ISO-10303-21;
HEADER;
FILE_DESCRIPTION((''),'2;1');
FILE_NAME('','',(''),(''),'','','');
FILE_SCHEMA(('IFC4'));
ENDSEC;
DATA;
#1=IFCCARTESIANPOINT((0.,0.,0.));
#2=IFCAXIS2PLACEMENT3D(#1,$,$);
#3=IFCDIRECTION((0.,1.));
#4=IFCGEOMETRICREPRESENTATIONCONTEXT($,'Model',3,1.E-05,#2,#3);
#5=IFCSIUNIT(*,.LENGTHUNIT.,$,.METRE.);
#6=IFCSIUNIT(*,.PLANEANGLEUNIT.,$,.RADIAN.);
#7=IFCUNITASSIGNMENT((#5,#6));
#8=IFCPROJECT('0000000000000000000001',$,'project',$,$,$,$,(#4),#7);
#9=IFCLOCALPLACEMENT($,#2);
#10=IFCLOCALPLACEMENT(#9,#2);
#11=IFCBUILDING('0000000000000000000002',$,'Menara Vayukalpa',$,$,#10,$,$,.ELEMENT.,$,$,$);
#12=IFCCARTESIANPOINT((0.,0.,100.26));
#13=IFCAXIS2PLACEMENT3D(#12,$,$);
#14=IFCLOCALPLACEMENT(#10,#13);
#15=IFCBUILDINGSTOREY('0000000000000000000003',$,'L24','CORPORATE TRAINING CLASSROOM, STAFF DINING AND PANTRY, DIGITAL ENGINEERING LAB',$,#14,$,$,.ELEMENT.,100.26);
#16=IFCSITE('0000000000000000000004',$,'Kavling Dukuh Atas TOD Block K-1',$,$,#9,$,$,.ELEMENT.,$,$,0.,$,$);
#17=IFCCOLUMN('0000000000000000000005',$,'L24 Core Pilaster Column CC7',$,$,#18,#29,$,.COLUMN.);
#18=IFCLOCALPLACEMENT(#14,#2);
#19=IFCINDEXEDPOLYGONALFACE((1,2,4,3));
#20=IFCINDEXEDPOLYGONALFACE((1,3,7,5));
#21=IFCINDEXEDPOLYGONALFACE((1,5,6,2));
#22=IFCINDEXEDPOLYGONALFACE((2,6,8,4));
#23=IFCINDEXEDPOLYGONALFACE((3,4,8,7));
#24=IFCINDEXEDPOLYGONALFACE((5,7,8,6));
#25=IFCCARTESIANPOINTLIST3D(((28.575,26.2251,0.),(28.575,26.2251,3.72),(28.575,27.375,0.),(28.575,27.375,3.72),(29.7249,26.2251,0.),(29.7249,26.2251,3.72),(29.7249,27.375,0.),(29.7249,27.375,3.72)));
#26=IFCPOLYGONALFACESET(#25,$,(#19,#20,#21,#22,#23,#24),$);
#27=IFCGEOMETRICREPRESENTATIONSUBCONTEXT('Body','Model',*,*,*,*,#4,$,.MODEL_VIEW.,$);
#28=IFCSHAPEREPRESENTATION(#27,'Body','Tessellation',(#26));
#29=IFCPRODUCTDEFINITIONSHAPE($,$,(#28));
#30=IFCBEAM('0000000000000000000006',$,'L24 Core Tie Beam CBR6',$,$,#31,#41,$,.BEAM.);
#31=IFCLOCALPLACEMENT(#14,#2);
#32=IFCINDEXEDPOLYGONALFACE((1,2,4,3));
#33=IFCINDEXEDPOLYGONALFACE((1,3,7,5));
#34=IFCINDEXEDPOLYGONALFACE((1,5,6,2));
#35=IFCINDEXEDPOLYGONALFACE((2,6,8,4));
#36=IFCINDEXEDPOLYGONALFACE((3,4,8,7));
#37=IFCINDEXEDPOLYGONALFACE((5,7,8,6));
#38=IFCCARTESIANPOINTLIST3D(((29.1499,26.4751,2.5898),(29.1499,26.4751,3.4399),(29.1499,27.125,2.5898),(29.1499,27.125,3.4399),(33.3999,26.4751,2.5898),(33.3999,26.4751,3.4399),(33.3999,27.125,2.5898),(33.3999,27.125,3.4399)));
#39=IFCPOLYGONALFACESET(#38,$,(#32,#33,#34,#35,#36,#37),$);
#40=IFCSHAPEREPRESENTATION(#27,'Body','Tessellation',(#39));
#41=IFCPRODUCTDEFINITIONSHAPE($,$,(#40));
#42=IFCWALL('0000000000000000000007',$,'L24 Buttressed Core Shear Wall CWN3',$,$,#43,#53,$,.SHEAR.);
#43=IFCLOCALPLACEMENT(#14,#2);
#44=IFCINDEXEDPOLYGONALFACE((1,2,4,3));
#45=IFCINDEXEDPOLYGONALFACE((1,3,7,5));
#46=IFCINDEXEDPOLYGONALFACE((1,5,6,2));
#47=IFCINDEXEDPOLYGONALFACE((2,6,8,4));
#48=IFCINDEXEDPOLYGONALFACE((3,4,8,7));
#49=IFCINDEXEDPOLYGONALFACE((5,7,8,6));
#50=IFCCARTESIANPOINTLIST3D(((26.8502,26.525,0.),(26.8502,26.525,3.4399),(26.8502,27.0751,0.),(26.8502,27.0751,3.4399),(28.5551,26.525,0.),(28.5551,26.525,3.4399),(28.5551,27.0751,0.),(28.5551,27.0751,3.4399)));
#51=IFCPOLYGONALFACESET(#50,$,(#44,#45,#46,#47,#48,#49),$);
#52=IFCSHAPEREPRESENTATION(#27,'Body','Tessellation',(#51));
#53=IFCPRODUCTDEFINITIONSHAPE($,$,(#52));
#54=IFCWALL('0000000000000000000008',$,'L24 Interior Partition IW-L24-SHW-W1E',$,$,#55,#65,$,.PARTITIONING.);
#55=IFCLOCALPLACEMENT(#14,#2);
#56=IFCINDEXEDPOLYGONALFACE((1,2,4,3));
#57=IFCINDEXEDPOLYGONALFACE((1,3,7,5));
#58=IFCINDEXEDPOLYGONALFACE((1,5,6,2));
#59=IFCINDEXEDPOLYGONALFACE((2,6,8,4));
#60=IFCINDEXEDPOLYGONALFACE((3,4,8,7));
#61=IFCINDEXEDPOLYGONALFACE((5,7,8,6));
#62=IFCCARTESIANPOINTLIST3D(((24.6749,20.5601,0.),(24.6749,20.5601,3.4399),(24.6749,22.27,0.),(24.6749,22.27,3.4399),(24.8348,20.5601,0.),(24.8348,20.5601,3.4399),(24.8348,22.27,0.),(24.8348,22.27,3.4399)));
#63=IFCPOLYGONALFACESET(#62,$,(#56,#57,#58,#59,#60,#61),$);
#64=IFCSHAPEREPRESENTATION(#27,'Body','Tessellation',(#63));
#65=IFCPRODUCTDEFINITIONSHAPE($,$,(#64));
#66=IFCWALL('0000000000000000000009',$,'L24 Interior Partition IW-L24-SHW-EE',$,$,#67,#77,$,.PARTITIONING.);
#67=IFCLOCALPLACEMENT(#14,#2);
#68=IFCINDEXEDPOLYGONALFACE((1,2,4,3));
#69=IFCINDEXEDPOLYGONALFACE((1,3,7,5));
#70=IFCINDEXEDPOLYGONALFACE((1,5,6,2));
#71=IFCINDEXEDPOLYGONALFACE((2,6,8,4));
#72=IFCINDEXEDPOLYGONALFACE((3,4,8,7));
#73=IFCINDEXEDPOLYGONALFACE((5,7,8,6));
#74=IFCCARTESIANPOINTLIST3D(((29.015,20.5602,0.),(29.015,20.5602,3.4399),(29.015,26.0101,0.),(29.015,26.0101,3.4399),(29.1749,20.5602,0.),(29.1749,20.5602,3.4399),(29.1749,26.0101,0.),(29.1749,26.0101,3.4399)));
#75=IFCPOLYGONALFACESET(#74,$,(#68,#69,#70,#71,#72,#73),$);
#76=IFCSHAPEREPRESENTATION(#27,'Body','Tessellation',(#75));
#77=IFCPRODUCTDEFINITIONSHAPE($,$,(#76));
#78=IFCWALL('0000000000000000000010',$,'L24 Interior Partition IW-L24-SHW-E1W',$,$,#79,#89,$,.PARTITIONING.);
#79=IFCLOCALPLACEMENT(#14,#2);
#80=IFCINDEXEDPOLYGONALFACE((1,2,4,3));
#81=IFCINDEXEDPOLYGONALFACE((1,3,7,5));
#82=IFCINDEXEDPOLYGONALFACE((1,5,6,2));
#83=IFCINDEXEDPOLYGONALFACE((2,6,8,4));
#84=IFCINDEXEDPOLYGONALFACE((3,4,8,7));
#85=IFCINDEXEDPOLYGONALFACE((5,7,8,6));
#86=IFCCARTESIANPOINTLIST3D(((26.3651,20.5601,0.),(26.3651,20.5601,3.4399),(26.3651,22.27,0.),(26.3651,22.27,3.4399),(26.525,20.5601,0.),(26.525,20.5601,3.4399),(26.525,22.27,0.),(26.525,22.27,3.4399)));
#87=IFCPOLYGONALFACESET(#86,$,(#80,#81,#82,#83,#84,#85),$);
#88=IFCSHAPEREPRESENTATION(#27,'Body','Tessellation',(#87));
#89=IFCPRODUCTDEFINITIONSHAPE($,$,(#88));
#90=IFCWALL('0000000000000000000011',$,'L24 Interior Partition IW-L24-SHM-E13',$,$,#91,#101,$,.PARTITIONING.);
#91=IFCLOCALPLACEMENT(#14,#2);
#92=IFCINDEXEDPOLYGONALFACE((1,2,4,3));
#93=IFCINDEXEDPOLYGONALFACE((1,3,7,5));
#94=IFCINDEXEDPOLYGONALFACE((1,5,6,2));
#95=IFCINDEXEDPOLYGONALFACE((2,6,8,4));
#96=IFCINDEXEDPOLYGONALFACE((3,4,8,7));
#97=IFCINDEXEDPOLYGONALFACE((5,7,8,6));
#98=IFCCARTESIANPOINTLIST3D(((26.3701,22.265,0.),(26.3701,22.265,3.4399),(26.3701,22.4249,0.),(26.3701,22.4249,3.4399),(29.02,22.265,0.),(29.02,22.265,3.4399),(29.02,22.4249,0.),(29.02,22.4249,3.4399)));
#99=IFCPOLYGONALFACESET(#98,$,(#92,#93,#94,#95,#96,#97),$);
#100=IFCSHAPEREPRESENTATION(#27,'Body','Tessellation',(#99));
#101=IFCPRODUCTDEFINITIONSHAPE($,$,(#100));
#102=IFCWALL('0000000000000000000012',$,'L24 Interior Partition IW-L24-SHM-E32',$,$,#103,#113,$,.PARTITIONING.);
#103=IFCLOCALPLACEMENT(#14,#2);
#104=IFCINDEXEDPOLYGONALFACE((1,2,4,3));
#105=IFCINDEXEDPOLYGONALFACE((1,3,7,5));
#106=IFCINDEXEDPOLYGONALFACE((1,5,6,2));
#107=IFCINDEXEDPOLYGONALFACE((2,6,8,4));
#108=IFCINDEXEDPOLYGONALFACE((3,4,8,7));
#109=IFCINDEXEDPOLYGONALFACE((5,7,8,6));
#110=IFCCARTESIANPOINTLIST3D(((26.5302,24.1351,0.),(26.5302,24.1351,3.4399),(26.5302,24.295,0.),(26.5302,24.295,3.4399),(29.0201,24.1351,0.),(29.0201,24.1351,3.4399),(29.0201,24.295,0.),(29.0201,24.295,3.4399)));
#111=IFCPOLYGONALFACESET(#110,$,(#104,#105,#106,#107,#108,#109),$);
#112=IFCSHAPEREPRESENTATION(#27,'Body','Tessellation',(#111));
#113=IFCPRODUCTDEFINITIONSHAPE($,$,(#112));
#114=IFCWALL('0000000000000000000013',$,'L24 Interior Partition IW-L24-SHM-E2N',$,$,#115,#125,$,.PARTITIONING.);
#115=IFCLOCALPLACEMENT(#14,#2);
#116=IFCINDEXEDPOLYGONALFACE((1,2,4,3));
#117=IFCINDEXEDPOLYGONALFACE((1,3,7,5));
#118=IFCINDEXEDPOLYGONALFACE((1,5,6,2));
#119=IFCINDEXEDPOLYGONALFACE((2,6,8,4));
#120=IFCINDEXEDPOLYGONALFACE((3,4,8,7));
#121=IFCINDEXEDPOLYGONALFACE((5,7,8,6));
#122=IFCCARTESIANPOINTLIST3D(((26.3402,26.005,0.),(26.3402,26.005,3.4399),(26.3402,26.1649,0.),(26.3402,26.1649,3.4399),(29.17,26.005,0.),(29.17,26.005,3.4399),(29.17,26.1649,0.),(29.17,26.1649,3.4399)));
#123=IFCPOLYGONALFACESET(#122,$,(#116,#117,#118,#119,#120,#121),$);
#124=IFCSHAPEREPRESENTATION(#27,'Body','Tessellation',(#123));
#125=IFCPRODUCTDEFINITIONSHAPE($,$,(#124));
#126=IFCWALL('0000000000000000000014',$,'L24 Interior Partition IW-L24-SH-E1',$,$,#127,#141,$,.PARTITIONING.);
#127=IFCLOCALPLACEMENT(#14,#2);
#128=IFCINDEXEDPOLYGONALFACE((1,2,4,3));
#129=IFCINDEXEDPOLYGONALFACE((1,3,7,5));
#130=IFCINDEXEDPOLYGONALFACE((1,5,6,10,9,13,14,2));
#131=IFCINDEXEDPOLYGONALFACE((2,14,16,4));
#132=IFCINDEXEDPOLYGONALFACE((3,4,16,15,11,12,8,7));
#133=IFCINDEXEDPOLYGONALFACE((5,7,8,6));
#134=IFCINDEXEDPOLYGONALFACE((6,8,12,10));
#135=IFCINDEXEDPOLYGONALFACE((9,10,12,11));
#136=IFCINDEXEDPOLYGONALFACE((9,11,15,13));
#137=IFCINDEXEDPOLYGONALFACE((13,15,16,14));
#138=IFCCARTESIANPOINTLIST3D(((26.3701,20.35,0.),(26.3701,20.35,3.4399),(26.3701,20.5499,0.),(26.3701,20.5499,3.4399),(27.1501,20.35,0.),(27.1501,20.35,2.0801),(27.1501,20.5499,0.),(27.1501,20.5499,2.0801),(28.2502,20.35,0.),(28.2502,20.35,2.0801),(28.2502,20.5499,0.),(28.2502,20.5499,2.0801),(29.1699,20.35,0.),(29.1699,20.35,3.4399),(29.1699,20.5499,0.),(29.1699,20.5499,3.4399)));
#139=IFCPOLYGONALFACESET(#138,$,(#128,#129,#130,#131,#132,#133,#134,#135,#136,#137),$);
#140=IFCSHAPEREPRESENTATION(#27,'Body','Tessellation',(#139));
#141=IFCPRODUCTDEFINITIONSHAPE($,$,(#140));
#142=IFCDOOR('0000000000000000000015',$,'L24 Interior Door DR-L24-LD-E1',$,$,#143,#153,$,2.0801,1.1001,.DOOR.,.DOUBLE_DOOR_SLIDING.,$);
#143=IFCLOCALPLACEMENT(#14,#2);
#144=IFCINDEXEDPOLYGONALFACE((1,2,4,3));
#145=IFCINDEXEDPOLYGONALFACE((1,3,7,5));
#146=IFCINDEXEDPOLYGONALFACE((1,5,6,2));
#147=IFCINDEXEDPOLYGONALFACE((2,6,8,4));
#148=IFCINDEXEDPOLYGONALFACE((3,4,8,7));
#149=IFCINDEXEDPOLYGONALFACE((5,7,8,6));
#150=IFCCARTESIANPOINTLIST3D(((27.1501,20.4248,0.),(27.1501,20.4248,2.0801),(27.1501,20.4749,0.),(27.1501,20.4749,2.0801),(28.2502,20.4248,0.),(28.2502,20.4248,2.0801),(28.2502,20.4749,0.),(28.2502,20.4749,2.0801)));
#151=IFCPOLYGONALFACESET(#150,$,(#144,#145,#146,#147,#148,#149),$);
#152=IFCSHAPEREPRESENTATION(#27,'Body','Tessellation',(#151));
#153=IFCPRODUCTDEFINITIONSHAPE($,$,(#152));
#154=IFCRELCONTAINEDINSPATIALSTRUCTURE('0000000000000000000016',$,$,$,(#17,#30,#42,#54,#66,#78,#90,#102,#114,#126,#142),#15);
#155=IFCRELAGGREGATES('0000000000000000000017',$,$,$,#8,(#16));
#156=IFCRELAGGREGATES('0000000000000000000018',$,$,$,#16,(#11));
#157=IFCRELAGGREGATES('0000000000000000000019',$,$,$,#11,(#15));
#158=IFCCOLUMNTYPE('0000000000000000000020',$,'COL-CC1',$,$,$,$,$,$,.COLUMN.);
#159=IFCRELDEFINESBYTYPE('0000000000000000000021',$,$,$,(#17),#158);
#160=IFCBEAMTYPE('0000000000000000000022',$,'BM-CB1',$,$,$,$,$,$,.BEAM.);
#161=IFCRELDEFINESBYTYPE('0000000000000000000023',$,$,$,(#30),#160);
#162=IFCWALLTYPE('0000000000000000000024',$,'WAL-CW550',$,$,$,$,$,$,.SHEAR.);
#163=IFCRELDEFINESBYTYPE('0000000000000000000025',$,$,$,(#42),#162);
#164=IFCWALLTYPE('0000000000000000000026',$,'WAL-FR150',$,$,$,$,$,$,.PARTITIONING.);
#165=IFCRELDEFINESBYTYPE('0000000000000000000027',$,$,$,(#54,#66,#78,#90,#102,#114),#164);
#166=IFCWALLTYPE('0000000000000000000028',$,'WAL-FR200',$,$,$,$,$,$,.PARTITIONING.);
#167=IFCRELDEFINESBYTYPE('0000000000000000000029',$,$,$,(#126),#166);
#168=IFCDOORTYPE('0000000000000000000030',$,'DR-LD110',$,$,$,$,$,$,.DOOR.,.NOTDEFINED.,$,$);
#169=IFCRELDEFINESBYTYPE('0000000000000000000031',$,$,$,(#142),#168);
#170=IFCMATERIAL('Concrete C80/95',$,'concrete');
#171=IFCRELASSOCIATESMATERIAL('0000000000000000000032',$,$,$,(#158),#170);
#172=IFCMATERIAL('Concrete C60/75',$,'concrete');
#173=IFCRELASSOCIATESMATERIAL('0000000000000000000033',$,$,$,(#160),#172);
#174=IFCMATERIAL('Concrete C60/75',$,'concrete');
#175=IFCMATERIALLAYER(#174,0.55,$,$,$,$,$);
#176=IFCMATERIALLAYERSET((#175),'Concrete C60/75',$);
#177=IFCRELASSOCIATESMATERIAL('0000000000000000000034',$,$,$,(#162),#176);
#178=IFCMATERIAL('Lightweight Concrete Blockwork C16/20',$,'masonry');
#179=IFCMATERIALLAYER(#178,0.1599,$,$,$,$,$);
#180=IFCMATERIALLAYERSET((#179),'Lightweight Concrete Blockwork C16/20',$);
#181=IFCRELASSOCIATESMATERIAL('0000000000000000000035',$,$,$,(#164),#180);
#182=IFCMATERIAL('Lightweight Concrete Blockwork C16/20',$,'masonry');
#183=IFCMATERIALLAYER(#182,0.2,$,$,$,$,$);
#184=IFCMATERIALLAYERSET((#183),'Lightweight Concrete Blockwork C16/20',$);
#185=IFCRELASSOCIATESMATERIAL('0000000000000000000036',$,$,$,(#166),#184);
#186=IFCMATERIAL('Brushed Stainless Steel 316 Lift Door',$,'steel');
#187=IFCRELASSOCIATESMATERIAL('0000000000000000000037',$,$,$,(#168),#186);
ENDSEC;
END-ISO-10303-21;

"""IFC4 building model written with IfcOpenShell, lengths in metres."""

from ifc_helpers import new_model, si_unit, direction, frame, frame_2d, origin, origin_2d, place, context, subcontext, project, spatial, rectangle, extrude, material, layer, layer_set, material_profile, profile_set, type_object, element, fill, save


model = new_model("IFC4")

# Units and contexts
model_context = context("Model", 3, precision=1e-05, world=origin(), true_north=direction((0.0, 1.0)))
body_context = subcontext(model_context, "Body", "Model", "MODEL_VIEW")
ifc_project = project(units=[si_unit("LENGTHUNIT", "METRE"), si_unit("PLANEANGLEUNIT", "RADIAN")], contexts=[model_context])

# Site, building, storey
site_placement = place(None, origin())
site = spatial("IfcSite", under=ifc_project, at=site_placement, Name="Kavling Dukuh Atas TOD Block K-1", CompositionType="ELEMENT", RefElevation=0.0)
building_placement = place(site_placement, origin())
building = spatial("IfcBuilding", under=site, at=building_placement, Name="Menara Vayukalpa", CompositionType="ELEMENT")
storey_placement = place(building_placement, frame((0.0, 0.0, 100.26)))
storey = spatial("IfcBuildingStorey", under=building, at=storey_placement, Name="L24", Description="CORPORATE TRAINING CLASSROOM, STAFF DINING AND PANTRY, DIGITAL ENGINEERING LAB", CompositionType="ELEMENT", Elevation=100.26)

# Column
ifc_material_1 = material(Name="Concrete C80/95", Category="concrete")
ifc_material_profile_1 = material_profile(ifc_material_1, rectangle(XDim=1.1499, YDim=1.1499, at=origin_2d()), Name="RC 1150x1150")
ifc_profile_set_1 = profile_set([ifc_material_profile_1], Name="Concrete C80/95")
column_type = type_object("IfcColumnType", Name="COL-CC1", PredefinedType="COLUMN", material=ifc_profile_set_1)
column_placement = place(storey_placement, frame((29.1499, 26.8, 0.0), z_axis=(0.0, 0.0, 1.0), x_axis=(1.0, 0.0, 0.0)))
element("IfcColumn", 1, at=column_placement, inside=storey, type_object=column_type, Name="L24 Core Pilaster Column CC7", PredefinedType="COLUMN", context=body_context, shape_type="SweptSolid", body=[
    extrude(rectangle(XDim=1.1499, YDim=1.1499, at=origin_2d()), origin(), (0.0, 0.0, 1.0), 3.72),
])

# Beam
ifc_material_2 = material(Name="Concrete C60/75", Category="concrete")
ifc_material_profile_2 = material_profile(ifc_material_2, rectangle(XDim=0.6499, YDim=0.8501, at=origin_2d()), Name="RC 650x850")
ifc_profile_set_2 = profile_set([ifc_material_profile_2], Name="Concrete C60/75")
beam_type = type_object("IfcBeamType", Name="BM-CB1", PredefinedType="BEAM", material=ifc_profile_set_2)
beam_placement = place(storey_placement, frame((29.1499, 26.8, 3.0149), z_axis=(1.0, 0.0, 0.0), x_axis=(0.0, 1.0, 0.0)))
element("IfcBeam", 2, at=beam_placement, inside=storey, type_object=beam_type, Name="L24 Core Tie Beam CBR6", PredefinedType="BEAM", context=body_context, shape_type="SweptSolid", body=[
    extrude(rectangle(XDim=0.6499, YDim=0.8501, at=origin_2d()), origin(), (0.0, 0.0, 1.0), 4.25),
])

# Walls
ifc_material_3 = material(Name="Concrete C60/75", Category="concrete")
ifc_layer_1 = layer(ifc_material_3, 0.55)
ifc_layer_set_1 = layer_set([ifc_layer_1], Name="Concrete C60/75")
wall_type_1 = type_object("IfcWallType", Name="WAL-CW550", PredefinedType="SHEAR", material=ifc_layer_set_1)
wall_1_placement = place(storey_placement, frame((26.8501, 26.8, 0.0), z_axis=(0.0, 0.0, 1.0), x_axis=(1.0, 0.0, 0.0)))
element("IfcWall", 3, at=wall_1_placement, inside=storey, type_object=wall_type_1, Name="L24 Buttressed Core Shear Wall CWN3", PredefinedType="SHEAR", context=body_context, shape_type="SweptSolid", body=[
    extrude(rectangle(XDim=1.7048, YDim=0.55, at=frame_2d((0.8525, 0.0))), origin(), (0.0, 0.0, 1.0), 3.4399),
])
ifc_material_4 = material(Name="Lightweight Concrete Blockwork C16/20", Category="masonry")
ifc_layer_2 = layer(ifc_material_4, 0.1599)
ifc_layer_set_2 = layer_set([ifc_layer_2], Name="Lightweight Concrete Blockwork C16/20")
wall_type_2 = type_object("IfcWallType", Name="WAL-FR150", PredefinedType="PARTITIONING", material=ifc_layer_set_2)
wall_2_placement = place(storey_placement, frame((24.7549, 20.5601, 0.0), z_axis=(0.0, 0.0, 1.0), x_axis=(0.0, 1.0, 0.0)))
element("IfcWall", 4, at=wall_2_placement, inside=storey, type_object=wall_type_2, Name="L24 Interior Partition IW-L24-SHW-W1E", PredefinedType="PARTITIONING", context=body_context, shape_type="SweptSolid", body=[
    extrude(rectangle(XDim=1.71, YDim=0.1599, at=frame_2d((0.855, 0.0))), origin(), (0.0, 0.0, 1.0), 3.4399),
])
wall_3_placement = place(storey_placement, frame((29.095, 20.5601, 0.0), z_axis=(0.0, 0.0, 1.0), x_axis=(0.0, 1.0, 0.0)))
element("IfcWall", 5, at=wall_3_placement, inside=storey, type_object=wall_type_2, Name="L24 Interior Partition IW-L24-SHW-EE", PredefinedType="PARTITIONING", context=body_context, shape_type="SweptSolid", body=[
    extrude(rectangle(XDim=5.45, YDim=0.1599, at=frame_2d((2.7251, 0.0))), origin(), (0.0, 0.0, 1.0), 3.4399),
])
wall_4_placement = place(storey_placement, frame((26.4451, 20.5601, 0.0), z_axis=(0.0, 0.0, 1.0), x_axis=(0.0, 1.0, 0.0)))
element("IfcWall", 6, at=wall_4_placement, inside=storey, type_object=wall_type_2, Name="L24 Interior Partition IW-L24-SHW-E1W", PredefinedType="PARTITIONING", context=body_context, shape_type="SweptSolid", body=[
    extrude(rectangle(XDim=1.71, YDim=0.1599, at=frame_2d((0.855, 0.0))), origin(), (0.0, 0.0, 1.0), 3.4399),
])
wall_5_placement = place(storey_placement, frame((26.3701, 22.345, 0.0), z_axis=(0.0, 0.0, 1.0), x_axis=(1.0, 0.0, 0.0)))
element("IfcWall", 7, at=wall_5_placement, inside=storey, type_object=wall_type_2, Name="L24 Interior Partition IW-L24-SHM-E13", PredefinedType="PARTITIONING", context=body_context, shape_type="SweptSolid", body=[
    extrude(rectangle(XDim=2.6499, YDim=0.1599, at=frame_2d((1.325, 0.0))), origin(), (0.0, 0.0, 1.0), 3.4399),
])
wall_6_placement = place(storey_placement, frame((26.53, 24.2151, 0.0), z_axis=(0.0, 0.0, 1.0), x_axis=(1.0, 0.0, 0.0)))
element("IfcWall", 8, at=wall_6_placement, inside=storey, type_object=wall_type_2, Name="L24 Interior Partition IW-L24-SHM-E32", PredefinedType="PARTITIONING", context=body_context, shape_type="SweptSolid", body=[
    extrude(rectangle(XDim=2.49, YDim=0.1599, at=frame_2d((1.2451, 0.0))), origin(), (0.0, 0.0, 1.0), 3.4399),
])
wall_7_placement = place(storey_placement, frame((26.3401, 26.085, 0.0), z_axis=(0.0, 0.0, 1.0), x_axis=(1.0, 0.0, 0.0)))
element("IfcWall", 9, at=wall_7_placement, inside=storey, type_object=wall_type_2, Name="L24 Interior Partition IW-L24-SHM-E2N", PredefinedType="PARTITIONING", context=body_context, shape_type="SweptSolid", body=[
    extrude(rectangle(XDim=2.8298, YDim=0.1599, at=frame_2d((1.415, 0.0))), origin(), (0.0, 0.0, 1.0), 3.4399),
])

# Wall, opening, door
ifc_material_5 = material(Name="Lightweight Concrete Blockwork C16/20", Category="masonry")
ifc_layer_3 = layer(ifc_material_5, 0.2)
ifc_layer_set_3 = layer_set([ifc_layer_3], Name="Lightweight Concrete Blockwork C16/20")
wall_type_3 = type_object("IfcWallType", Name="WAL-FR200", PredefinedType="PARTITIONING", material=ifc_layer_set_3)
wall_8_placement = place(storey_placement, frame((26.3701, 20.45, 0.0), z_axis=(0.0, 0.0, 1.0), x_axis=(1.0, 0.0, 0.0)))
wall_8 = element("IfcWall", 10, at=wall_8_placement, inside=storey, type_object=wall_type_3, Name="L24 Interior Partition IW-L24-SH-E1", PredefinedType="PARTITIONING", context=body_context, shape_type="SweptSolid", body=[
    extrude(rectangle(XDim=2.7998, YDim=0.2, at=frame_2d((1.3999, 0.0))), origin(), (0.0, 0.0, 1.0), 3.4399),
])
opening_1_placement = place(wall_8_placement, frame((0.78, 0.0, 0.0)))
opening_1 = element("IfcOpeningElement", 11, at=opening_1_placement, cuts=wall_8, PredefinedType="OPENING", context=body_context, shape_type="SweptSolid", body=[
    extrude(rectangle(XDim=1.1001, YDim=2.0801, at=frame_2d((0.55, 1.04))), frame((0.0, 0.1099, 0.0), z_axis=(0.0, -1.0, 0.0), x_axis=(1.0, 0.0, 0.0)), (0.0, 0.0, 1.0), 0.22),
])
ifc_material_6 = material(Name="Brushed Stainless Steel 316 Lift Door", Category="steel")
door_type = type_object("IfcDoorType", Name="DR-LD110", OperationType="NOTDEFINED", PredefinedType="DOOR", material=ifc_material_6)
door_1_placement = place(opening_1_placement, origin())
door_1 = element("IfcDoor", 12, at=door_1_placement, inside=storey, type_object=door_type, Name="L24 Interior Door DR-L24-LD-E1", OperationType="DOUBLE_DOOR_SLIDING", OverallHeight=2.0801, OverallWidth=1.1001, PredefinedType="DOOR", context=body_context, shape_type="SweptSolid", body=[
    extrude(rectangle(XDim=1.1001, YDim=2.0801, at=frame_2d((0.55, 1.04))), frame((0.0, 0.0249, 0.0), z_axis=(0.0, -1.0, 0.0), x_axis=(1.0, 0.0, 0.0)), (0.0, 0.0, 1.0), 0.05),
])
fill(opening_1, door_1)

save(model, "model.ifc")
